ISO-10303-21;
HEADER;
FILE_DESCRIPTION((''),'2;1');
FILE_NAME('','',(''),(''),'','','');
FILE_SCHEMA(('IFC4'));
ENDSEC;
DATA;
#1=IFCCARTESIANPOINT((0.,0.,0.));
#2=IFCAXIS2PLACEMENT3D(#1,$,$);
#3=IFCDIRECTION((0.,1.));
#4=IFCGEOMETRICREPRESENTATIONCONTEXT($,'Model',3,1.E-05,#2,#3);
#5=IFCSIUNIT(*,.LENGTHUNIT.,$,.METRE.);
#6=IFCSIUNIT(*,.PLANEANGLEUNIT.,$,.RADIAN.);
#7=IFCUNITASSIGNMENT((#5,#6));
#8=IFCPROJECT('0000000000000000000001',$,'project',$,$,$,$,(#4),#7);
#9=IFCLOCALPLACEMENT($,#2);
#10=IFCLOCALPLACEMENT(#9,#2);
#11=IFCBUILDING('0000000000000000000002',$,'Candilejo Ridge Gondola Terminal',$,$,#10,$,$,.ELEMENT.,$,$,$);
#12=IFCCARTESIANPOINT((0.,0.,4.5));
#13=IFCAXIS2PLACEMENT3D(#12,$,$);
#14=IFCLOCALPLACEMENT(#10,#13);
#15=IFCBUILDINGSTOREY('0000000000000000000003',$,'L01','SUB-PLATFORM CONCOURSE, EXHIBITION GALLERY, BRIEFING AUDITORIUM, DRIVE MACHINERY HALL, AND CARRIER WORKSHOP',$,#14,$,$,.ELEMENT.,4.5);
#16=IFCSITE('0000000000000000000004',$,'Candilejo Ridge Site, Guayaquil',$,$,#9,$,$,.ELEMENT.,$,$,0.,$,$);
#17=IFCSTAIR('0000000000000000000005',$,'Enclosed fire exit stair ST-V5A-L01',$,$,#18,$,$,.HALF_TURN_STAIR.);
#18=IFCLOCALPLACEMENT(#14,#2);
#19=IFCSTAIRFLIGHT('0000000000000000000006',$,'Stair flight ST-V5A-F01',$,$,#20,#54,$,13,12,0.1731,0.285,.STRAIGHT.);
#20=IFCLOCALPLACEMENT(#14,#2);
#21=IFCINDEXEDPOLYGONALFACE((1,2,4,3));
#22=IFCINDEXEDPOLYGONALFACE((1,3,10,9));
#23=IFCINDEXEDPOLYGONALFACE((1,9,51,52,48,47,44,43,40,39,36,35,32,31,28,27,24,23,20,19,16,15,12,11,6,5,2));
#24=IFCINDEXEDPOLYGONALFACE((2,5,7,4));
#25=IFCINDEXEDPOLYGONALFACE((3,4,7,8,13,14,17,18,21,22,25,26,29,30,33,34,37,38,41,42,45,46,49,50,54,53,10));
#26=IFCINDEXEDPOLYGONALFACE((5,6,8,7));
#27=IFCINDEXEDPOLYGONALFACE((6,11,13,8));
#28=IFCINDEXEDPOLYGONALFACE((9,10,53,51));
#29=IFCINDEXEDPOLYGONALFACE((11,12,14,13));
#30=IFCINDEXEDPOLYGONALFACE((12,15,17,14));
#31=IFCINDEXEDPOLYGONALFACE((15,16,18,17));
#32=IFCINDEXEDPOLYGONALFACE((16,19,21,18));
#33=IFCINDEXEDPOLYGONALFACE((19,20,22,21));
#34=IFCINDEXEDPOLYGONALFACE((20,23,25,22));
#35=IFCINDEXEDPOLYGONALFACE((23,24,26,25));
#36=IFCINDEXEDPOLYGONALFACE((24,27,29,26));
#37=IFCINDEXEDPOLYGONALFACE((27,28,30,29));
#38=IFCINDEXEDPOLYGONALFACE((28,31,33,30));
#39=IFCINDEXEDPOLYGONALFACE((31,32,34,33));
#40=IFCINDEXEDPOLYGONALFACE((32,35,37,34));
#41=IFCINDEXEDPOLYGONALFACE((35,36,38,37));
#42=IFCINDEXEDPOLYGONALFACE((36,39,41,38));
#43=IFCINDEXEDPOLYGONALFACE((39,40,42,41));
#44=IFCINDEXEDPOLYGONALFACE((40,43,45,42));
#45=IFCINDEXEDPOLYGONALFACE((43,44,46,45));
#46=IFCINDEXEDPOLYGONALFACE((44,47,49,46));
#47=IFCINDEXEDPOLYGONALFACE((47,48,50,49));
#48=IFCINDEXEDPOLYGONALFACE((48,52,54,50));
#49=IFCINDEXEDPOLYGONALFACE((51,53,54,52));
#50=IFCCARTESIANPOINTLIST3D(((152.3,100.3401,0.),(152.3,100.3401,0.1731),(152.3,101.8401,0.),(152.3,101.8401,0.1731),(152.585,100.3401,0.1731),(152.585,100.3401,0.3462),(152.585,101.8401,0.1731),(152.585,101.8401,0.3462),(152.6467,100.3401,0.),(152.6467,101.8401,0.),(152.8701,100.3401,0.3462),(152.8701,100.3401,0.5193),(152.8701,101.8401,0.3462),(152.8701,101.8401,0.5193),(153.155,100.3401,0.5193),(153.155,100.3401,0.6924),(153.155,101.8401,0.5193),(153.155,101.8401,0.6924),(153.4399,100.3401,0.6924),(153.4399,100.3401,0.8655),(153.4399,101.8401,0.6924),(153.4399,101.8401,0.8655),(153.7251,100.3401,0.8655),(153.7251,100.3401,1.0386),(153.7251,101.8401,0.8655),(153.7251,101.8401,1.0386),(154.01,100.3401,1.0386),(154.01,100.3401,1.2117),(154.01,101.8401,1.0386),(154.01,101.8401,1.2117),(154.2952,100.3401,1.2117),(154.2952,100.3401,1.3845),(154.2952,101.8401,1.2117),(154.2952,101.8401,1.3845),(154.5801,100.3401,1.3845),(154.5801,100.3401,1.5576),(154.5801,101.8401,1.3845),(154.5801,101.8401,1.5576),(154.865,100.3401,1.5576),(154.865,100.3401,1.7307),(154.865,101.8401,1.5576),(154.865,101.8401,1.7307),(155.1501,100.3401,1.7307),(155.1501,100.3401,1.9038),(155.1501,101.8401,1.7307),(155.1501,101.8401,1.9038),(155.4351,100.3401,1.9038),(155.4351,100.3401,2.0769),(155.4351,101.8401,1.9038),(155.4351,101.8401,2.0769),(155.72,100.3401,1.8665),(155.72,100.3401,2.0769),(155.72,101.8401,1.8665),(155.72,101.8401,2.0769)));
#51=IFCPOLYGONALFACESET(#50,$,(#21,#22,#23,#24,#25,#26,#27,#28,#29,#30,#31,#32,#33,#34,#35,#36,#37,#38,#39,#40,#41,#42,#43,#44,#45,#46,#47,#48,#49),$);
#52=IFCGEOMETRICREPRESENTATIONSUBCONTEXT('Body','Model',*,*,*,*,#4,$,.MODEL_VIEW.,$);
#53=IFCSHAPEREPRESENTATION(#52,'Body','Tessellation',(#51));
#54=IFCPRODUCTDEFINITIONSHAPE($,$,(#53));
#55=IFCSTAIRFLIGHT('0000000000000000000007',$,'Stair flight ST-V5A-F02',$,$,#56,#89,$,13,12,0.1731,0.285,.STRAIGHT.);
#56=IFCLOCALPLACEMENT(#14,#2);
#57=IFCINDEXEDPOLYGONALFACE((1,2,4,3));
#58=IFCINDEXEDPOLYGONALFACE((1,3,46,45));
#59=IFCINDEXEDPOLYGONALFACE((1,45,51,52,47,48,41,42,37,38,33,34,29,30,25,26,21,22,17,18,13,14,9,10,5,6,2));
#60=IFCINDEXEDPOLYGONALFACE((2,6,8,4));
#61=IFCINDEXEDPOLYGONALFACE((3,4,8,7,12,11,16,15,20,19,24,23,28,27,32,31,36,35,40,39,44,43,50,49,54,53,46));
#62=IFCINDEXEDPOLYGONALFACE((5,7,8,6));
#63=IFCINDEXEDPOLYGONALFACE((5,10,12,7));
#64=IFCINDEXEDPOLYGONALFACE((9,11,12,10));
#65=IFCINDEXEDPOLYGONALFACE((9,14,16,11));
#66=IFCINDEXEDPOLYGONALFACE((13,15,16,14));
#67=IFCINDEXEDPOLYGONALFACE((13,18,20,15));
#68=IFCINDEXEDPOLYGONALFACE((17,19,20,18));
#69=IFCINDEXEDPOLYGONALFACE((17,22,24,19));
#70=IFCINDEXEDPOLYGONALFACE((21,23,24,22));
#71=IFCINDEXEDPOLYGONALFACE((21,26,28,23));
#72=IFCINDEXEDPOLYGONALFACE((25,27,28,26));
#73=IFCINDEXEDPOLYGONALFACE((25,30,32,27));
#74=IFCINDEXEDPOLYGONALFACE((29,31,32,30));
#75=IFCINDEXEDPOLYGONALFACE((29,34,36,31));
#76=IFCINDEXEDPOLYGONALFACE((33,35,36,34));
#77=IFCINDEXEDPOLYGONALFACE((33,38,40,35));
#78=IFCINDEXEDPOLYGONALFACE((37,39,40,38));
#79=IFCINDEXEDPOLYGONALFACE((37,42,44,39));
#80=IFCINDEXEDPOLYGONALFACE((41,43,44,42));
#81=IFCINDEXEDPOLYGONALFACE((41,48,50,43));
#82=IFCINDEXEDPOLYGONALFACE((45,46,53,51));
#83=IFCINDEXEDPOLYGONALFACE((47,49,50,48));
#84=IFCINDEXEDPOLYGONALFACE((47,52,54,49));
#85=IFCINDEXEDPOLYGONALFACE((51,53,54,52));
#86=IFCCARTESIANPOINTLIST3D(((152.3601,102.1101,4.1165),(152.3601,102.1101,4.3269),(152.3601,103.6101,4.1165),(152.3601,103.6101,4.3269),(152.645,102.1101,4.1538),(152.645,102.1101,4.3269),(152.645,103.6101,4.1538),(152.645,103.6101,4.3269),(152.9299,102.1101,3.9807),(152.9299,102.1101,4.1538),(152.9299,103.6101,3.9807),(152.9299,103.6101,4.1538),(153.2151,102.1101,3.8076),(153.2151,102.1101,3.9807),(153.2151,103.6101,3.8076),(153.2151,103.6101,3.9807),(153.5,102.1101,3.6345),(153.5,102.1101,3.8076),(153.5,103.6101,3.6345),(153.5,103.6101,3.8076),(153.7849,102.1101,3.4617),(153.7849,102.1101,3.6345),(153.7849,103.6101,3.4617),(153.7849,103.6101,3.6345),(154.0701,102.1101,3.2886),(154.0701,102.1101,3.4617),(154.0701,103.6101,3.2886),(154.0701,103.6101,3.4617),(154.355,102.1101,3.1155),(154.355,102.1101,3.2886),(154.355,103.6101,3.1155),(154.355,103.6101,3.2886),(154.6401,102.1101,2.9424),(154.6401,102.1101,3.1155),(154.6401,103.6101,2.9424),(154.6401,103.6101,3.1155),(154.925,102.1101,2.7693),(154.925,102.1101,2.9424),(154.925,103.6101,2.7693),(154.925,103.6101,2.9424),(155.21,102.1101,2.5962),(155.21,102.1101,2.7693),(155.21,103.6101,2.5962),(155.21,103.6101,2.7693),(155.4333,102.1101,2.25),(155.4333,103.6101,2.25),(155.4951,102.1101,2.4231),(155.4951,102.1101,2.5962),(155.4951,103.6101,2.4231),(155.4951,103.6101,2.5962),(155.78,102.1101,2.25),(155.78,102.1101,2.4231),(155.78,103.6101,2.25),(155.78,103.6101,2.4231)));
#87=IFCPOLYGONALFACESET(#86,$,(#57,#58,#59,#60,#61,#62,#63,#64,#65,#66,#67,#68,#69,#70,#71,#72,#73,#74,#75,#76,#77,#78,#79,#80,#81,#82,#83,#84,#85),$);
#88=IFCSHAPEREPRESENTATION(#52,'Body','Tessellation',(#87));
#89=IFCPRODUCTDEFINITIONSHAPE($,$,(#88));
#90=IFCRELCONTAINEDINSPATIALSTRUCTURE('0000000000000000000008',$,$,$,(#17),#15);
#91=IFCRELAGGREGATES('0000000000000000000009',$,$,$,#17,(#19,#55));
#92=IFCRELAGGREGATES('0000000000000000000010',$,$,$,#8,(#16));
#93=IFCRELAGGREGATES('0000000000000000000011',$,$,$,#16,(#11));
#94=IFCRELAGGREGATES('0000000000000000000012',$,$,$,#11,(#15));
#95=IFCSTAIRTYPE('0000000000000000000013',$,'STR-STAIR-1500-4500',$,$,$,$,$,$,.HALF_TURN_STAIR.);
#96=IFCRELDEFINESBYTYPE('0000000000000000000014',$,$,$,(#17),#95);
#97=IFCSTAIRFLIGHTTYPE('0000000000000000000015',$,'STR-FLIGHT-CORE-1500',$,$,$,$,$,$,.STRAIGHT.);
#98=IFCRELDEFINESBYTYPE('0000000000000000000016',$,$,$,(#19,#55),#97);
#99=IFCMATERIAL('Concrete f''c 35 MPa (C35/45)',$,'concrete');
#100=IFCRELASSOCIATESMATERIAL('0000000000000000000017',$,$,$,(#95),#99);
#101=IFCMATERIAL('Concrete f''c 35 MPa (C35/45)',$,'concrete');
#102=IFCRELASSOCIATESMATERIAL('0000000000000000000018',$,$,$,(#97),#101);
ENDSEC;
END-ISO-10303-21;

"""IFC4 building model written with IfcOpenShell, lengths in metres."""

from ifc_helpers import new_model, si_unit, direction, frame, origin, place, context, subcontext, project, spatial, polyline, outline, extrude, material, type_object, element, aggregate, save


model = new_model("IFC4")

# Units and contexts
model_context = context("Model", 3, precision=1e-05, world=origin(), true_north=direction((0.0, 1.0)))
body_context = subcontext(model_context, "Body", "Model", "MODEL_VIEW")
ifc_project = project(units=[si_unit("LENGTHUNIT", "METRE"), si_unit("PLANEANGLEUNIT", "RADIAN")], contexts=[model_context])

# Site, building, storey
site_placement = place(None, origin())
site = spatial("IfcSite", under=ifc_project, at=site_placement, Name="Candilejo Ridge Site, Guayaquil", CompositionType="ELEMENT", RefElevation=0.0)
building_placement = place(site_placement, origin())
building = spatial("IfcBuilding", under=site, at=building_placement, Name="Candilejo Ridge Gondola Terminal", CompositionType="ELEMENT")
storey_placement = place(building_placement, frame((0.0, 0.0, 4.5)))
storey = spatial("IfcBuildingStorey", under=building, at=storey_placement, Name="L01", Description="SUB-PLATFORM CONCOURSE, EXHIBITION GALLERY, BRIEFING AUDITORIUM, DRIVE MACHINERY HALL, AND CARRIER WORKSHOP", CompositionType="ELEMENT", Elevation=4.5)

# Stair, stair flights
ifc_material_1 = material(Name="Concrete f'c 35 MPa (C35/45)", Category="concrete")
stair_type = type_object("IfcStairType", Name="STR-STAIR-1500-4500", PredefinedType="HALF_TURN_STAIR", material=ifc_material_1)
stair_placement = place(storey_placement, origin())
stair = element("IfcStair", 1, at=stair_placement, inside=storey, type_object=stair_type, Name="Enclosed fire exit stair ST-V5A-L01", PredefinedType="HALF_TURN_STAIR")
ifc_material_2 = material(Name="Concrete f'c 35 MPa (C35/45)", Category="concrete")
stair_flight_type = type_object("IfcStairFlightType", Name="STR-FLIGHT-CORE-1500", PredefinedType="STRAIGHT", material=ifc_material_2)
stair_flight_1_placement = place(storey_placement, frame((152.3, 101.0901, 0.0), z_axis=(0.0, 0.0, 1.0), x_axis=(1.0, 0.0, 0.0)))
stair_flight_1 = element("IfcStairFlight", 2, at=stair_flight_1_placement, type_object=stair_flight_type, Name="Stair flight ST-V5A-F01", NumberOfRisers=13, NumberOfTreads=12, PredefinedType="STRAIGHT", RiserHeight=0.1731, TreadLength=0.285, context=body_context, shape_type="SweptSolid", body=[
    extrude(outline(polyline([(0.0, 0.0), (0.0, 0.1731), (0.2849, 0.1731), (0.2849, 0.3462), (0.5701, 0.3462), (0.5701, 0.5193), (0.855, 0.5193), (0.855, 0.6924), (1.1399, 0.6924), (1.1399, 0.8655), (1.425, 0.8655), (1.425, 1.0386), (1.71, 1.0386), (1.71, 1.2117), (1.9951, 1.2117), (1.9951, 1.3845), (2.28, 1.3845), (2.28, 1.5576), (2.5649, 1.5576), (2.5649, 1.7307), (2.8501, 1.7307), (2.8501, 1.9038), (3.135, 1.9038), (3.135, 2.0769), (3.4199, 2.0769), (3.4199, 2.25), (3.4199, 1.8665), (0.3467, 0.0), (0.0, 0.0)])), frame((0.0, 0.75, 0.0), z_axis=(0.0, -1.0, 0.0), x_axis=(1.0, 0.0, 0.0)), (0.0, 0.0, 1.0), 1.5),
])
stair_flight_2_placement = place(storey_placement, frame((155.78, 102.8601, 2.25), z_axis=(0.0, 0.0, 1.0), x_axis=(-1.0, 0.0, 0.0)))
stair_flight_2 = element("IfcStairFlight", 3, at=stair_flight_2_placement, type_object=stair_flight_type, Name="Stair flight ST-V5A-F02", NumberOfRisers=13, NumberOfTreads=12, PredefinedType="STRAIGHT", RiserHeight=0.1731, TreadLength=0.285, context=body_context, shape_type="SweptSolid", body=[
    extrude(outline(polyline([(0.0, 0.0), (0.0, 0.1731), (0.2849, 0.1731), (0.2849, 0.3462), (0.5701, 0.3462), (0.5701, 0.5193), (0.855, 0.5193), (0.855, 0.6924), (1.1399, 0.6924), (1.1399, 0.8655), (1.425, 0.8655), (1.425, 1.0386), (1.71, 1.0386), (1.71, 1.2117), (1.9951, 1.2117), (1.9951, 1.3845), (2.28, 1.3845), (2.28, 1.5576), (2.5649, 1.5576), (2.5649, 1.7307), (2.8501, 1.7307), (2.8501, 1.9038), (3.135, 1.9038), (3.135, 2.0769), (3.4199, 2.0769), (3.4199, 2.25), (3.4199, 1.8665), (0.3467, 0.0), (0.0, 0.0)])), frame((0.0, 0.75, 0.0), z_axis=(0.0, -1.0, 0.0), x_axis=(1.0, 0.0, 0.0)), (0.0, 0.0, 1.0), 1.5),
])
aggregate(stair, [stair_flight_1, stair_flight_2])

save(model, "model.ifc")
